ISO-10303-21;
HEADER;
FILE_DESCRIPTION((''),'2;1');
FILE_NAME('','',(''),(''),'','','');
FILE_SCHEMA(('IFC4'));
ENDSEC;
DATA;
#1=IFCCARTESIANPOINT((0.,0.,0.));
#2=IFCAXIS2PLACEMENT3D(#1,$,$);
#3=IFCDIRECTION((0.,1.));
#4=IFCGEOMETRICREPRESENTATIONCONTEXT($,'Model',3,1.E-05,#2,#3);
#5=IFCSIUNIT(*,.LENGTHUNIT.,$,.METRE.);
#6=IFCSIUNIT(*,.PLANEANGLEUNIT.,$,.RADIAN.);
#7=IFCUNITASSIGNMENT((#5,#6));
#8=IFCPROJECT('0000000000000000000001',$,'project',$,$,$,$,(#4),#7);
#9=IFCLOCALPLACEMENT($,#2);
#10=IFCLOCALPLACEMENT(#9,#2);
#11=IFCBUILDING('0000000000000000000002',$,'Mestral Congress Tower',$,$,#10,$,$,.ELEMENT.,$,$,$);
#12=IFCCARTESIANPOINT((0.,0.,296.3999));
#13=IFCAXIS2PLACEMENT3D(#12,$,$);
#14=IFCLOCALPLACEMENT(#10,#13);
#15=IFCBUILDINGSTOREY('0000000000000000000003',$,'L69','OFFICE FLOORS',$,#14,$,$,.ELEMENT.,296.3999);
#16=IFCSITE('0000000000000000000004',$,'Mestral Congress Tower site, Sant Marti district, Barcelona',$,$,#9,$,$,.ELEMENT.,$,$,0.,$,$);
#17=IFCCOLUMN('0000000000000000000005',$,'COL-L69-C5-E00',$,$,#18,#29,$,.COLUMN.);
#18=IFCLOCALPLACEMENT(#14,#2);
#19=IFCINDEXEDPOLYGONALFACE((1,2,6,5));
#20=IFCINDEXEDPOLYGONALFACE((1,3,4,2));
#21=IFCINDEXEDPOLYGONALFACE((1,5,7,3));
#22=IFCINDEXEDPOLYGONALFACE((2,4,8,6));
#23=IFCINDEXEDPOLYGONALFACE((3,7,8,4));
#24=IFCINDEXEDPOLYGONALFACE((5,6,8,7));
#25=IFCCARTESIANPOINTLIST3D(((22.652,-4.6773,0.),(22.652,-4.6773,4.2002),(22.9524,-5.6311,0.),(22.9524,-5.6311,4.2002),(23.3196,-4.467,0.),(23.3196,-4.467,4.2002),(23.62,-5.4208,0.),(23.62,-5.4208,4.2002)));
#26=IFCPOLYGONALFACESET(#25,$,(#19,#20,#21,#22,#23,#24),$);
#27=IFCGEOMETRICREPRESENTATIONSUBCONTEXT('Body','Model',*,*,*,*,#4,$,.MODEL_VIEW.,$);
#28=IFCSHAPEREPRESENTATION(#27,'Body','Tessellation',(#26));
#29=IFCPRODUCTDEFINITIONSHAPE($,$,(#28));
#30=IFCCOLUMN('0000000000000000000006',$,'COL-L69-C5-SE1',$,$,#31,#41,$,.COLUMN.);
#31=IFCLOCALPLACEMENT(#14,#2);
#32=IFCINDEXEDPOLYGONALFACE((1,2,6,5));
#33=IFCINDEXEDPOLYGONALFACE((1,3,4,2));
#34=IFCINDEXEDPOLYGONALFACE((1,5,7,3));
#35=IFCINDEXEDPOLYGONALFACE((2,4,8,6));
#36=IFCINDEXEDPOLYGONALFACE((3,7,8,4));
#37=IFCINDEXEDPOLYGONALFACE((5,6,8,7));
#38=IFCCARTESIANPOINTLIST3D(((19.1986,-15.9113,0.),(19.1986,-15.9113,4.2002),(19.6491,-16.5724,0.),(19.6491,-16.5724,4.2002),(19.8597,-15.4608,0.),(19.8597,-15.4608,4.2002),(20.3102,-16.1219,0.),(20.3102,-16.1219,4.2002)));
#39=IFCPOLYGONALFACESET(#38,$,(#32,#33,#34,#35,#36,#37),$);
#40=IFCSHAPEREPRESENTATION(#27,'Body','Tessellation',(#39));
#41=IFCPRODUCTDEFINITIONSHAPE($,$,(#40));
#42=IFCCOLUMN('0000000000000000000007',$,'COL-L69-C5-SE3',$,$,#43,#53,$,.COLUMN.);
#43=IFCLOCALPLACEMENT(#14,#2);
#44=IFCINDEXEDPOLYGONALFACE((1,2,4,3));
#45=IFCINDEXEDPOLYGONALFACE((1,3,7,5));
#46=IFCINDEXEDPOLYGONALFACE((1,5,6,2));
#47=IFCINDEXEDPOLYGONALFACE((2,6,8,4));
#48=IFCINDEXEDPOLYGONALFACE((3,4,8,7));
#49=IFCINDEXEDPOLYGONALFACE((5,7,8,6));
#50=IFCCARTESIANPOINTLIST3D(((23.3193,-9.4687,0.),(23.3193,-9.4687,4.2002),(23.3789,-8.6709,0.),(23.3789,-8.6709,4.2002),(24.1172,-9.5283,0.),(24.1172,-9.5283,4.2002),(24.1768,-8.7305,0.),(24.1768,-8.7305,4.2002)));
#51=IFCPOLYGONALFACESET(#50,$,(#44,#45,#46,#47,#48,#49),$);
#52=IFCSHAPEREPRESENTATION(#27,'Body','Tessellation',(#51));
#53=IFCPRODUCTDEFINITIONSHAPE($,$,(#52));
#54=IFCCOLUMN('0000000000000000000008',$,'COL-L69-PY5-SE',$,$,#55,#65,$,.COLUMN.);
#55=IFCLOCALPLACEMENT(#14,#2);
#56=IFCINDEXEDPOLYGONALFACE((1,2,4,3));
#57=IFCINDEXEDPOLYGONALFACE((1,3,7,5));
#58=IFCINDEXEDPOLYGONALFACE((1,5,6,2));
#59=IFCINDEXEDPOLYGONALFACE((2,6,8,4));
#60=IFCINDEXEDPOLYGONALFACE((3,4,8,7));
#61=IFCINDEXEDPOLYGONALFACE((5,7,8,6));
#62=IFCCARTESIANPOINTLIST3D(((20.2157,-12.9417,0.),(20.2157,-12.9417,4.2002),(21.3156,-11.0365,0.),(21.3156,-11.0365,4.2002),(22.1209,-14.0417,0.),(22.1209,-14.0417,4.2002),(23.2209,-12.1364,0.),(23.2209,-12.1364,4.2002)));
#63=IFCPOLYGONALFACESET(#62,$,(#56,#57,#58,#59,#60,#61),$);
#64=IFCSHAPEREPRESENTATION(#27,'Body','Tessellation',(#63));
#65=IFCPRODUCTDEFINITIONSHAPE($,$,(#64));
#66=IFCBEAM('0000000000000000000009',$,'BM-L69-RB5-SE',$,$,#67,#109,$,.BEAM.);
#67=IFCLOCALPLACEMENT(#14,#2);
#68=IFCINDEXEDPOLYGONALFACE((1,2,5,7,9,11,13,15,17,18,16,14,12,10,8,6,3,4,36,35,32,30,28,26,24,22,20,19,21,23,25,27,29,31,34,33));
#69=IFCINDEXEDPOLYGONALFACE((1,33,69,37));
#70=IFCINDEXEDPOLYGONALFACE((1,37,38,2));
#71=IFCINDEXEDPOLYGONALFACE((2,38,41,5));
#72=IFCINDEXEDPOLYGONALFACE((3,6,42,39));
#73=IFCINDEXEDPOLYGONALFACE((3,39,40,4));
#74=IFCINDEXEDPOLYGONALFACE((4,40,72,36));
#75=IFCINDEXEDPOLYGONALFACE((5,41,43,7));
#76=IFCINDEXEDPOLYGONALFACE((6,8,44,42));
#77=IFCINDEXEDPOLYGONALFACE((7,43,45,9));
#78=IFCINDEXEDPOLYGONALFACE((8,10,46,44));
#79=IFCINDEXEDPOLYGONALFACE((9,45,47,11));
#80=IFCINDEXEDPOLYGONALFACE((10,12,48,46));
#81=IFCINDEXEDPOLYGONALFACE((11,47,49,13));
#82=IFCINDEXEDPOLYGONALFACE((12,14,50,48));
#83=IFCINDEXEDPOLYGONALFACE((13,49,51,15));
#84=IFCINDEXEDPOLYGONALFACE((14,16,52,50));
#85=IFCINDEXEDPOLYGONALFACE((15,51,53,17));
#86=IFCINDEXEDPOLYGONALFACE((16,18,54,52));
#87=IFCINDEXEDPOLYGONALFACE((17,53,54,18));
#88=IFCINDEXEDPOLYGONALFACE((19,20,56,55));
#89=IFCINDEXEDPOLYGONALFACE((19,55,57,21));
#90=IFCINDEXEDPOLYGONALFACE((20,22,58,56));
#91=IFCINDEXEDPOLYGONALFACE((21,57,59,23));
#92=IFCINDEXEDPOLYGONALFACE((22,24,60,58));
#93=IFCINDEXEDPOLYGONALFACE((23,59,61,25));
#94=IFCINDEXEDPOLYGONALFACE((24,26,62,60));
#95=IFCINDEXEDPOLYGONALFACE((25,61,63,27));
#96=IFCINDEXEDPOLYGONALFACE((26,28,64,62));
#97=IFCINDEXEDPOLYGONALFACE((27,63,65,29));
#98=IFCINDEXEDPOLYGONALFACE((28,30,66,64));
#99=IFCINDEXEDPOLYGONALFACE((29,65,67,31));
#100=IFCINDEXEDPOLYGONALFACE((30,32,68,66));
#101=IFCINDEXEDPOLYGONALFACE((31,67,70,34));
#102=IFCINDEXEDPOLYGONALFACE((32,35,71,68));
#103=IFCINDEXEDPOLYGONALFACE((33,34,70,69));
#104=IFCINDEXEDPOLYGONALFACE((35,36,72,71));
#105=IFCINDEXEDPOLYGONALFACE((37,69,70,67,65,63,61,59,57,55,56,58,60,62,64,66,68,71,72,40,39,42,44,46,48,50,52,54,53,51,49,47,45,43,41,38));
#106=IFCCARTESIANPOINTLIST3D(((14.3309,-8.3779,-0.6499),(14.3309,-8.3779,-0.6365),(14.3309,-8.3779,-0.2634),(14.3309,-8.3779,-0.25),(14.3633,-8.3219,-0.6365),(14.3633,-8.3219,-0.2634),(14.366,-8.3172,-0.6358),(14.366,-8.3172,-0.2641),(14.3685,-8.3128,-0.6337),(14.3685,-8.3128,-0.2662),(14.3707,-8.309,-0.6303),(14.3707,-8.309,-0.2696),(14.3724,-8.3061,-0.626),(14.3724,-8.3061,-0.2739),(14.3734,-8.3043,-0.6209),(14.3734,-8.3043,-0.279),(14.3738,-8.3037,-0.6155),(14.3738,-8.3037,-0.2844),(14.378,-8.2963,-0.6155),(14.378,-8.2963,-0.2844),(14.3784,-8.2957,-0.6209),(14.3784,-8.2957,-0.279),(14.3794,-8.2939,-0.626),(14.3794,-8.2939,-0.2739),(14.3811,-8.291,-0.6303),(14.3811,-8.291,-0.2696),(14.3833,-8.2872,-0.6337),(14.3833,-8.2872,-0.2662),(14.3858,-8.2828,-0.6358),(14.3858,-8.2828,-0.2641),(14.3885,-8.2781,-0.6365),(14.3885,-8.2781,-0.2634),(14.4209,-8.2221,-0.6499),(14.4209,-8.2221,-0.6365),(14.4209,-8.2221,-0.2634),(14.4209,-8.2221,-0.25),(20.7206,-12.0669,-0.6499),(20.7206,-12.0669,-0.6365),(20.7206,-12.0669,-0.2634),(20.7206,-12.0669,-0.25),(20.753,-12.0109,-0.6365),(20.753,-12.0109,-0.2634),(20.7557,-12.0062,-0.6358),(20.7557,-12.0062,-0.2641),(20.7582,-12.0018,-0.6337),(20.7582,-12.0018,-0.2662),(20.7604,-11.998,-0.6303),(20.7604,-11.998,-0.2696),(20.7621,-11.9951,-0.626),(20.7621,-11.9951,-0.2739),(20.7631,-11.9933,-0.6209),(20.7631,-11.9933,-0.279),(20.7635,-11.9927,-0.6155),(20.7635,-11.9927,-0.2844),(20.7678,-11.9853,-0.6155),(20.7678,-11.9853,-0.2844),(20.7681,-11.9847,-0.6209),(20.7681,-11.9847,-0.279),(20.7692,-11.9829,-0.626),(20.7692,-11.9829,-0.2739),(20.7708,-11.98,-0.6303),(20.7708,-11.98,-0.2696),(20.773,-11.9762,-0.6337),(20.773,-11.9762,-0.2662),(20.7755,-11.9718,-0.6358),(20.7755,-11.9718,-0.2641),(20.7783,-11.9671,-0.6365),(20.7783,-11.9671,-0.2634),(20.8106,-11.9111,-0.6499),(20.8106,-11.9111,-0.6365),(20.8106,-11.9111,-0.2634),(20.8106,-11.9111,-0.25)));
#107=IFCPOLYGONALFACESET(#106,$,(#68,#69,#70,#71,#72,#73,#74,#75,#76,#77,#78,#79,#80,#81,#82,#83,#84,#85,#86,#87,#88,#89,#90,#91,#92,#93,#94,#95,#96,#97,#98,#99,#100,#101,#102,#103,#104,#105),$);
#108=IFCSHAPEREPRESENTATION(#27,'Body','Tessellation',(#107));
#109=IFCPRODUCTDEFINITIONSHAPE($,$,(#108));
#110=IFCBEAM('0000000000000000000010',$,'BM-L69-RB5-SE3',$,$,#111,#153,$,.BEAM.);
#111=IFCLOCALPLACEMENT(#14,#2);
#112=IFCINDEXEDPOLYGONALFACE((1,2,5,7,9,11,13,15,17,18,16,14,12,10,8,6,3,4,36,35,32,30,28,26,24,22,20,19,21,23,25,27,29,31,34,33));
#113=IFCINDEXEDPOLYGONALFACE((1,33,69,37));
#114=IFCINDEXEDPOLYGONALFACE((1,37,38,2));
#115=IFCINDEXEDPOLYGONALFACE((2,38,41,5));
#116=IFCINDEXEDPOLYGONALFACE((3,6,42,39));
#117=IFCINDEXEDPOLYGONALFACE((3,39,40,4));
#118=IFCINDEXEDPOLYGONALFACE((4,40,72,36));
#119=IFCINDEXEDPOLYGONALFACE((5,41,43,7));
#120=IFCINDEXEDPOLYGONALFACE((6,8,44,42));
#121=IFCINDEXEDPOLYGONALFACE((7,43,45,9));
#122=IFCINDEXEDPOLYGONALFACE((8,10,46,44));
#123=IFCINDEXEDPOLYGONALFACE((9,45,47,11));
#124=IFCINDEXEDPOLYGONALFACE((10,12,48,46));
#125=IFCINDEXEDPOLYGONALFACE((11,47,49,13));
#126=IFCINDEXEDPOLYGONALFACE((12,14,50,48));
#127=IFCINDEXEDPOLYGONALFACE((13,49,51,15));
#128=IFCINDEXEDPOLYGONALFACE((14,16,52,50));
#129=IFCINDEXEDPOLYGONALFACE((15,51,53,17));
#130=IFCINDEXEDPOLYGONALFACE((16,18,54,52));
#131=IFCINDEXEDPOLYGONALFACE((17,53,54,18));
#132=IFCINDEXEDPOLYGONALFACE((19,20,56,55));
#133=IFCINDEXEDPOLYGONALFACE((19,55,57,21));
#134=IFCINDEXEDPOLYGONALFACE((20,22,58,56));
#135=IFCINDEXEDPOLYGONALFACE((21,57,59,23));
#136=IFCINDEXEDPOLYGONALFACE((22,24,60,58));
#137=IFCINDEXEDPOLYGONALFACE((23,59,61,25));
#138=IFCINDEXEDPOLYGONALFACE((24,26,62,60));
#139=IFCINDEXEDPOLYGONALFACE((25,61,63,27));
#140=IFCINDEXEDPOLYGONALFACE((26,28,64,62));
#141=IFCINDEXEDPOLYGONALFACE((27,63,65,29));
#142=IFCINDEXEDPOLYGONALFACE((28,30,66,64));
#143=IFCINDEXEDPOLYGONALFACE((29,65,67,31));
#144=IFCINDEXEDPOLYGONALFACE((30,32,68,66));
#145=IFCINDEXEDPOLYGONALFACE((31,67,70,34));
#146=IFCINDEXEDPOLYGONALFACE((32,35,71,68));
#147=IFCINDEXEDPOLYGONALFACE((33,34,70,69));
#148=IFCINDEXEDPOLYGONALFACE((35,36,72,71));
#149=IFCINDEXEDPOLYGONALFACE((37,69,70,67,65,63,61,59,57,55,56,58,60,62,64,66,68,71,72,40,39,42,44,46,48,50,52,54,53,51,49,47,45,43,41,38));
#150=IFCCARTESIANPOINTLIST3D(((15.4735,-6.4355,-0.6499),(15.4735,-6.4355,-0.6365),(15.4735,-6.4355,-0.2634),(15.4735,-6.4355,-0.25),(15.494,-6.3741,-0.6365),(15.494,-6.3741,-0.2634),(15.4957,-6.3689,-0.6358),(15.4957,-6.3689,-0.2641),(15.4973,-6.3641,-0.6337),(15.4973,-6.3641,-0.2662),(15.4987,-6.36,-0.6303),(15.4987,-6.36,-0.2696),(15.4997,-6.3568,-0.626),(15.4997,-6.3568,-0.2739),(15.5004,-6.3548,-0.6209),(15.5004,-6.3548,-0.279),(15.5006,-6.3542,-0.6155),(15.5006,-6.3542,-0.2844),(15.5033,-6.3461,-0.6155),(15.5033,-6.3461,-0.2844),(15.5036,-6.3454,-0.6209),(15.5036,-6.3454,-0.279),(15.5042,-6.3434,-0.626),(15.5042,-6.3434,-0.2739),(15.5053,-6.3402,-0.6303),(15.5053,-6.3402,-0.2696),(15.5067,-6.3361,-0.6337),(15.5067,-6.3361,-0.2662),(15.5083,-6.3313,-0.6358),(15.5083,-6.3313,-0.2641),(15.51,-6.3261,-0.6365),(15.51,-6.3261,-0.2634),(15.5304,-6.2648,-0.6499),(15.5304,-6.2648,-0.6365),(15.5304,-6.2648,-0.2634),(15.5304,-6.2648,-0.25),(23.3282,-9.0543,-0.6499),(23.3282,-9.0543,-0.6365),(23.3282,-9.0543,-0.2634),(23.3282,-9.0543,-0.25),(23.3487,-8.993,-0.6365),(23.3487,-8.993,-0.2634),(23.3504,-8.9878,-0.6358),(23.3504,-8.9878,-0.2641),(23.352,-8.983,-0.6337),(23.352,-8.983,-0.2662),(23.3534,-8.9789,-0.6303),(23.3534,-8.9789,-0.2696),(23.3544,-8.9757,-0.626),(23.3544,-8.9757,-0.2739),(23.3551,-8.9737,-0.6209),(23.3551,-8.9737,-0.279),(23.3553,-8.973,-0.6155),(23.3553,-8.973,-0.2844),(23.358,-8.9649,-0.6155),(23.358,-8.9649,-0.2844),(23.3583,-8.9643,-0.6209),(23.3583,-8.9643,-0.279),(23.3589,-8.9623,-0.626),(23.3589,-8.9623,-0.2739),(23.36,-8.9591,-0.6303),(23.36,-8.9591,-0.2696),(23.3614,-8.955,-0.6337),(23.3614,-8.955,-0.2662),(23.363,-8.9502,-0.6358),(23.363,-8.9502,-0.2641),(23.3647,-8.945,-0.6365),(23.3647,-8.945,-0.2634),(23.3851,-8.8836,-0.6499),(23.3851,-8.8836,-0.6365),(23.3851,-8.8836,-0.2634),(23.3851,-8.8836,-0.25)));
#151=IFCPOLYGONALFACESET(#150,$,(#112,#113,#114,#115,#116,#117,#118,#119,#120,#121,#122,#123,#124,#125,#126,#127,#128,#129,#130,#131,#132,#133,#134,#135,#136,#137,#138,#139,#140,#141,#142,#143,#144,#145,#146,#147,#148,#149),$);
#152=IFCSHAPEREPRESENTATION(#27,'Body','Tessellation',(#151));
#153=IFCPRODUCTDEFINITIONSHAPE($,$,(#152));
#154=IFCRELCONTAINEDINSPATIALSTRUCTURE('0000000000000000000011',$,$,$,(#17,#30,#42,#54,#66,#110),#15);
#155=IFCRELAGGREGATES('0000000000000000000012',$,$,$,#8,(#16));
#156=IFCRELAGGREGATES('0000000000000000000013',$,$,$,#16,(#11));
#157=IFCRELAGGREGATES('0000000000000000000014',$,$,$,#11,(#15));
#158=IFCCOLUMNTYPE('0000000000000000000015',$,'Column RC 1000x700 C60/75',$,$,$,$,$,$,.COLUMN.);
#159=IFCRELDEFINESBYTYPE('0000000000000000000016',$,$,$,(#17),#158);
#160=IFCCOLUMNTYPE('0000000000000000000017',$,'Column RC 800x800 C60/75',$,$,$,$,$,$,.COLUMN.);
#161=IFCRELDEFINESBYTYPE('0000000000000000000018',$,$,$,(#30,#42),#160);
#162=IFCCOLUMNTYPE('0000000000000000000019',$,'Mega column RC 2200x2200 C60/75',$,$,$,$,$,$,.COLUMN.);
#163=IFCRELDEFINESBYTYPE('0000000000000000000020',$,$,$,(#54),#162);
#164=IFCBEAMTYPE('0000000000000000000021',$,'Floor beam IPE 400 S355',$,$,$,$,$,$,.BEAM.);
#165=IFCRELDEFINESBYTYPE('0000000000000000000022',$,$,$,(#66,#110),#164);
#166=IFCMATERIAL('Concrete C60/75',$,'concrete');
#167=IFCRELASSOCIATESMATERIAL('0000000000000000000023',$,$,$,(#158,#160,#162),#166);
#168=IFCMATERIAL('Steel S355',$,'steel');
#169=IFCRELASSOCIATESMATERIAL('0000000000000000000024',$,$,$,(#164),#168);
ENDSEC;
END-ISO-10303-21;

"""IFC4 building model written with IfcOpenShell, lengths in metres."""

from ifc_helpers import new_model, si_unit, direction, frame, origin, origin_2d, place, context, subcontext, project, spatial, rectangle, i_section, extrude, material, material_profile, profile_set, type_object, element, save


model = new_model("IFC4")

# Units and contexts
model_context = context("Model", 3, precision=1e-05, world=origin(), true_north=direction((0.0, 1.0)))
body_context = subcontext(model_context, "Body", "Model", "MODEL_VIEW")
ifc_project = project(units=[si_unit("LENGTHUNIT", "METRE"), si_unit("PLANEANGLEUNIT", "RADIAN")], contexts=[model_context])

# Site, building, storey
site_placement = place(None, origin())
site = spatial("IfcSite", under=ifc_project, at=site_placement, Name="Mestral Congress Tower site, Sant Marti district, Barcelona", CompositionType="ELEMENT", RefElevation=0.0)
building_placement = place(site_placement, origin())
building = spatial("IfcBuilding", under=site, at=building_placement, Name="Mestral Congress Tower", CompositionType="ELEMENT")
storey_placement = place(building_placement, frame((0.0, 0.0, 296.3999)))
storey = spatial("IfcBuildingStorey", under=building, at=storey_placement, Name="L69", Description="OFFICE FLOORS", CompositionType="ELEMENT", Elevation=296.3999)

# Columns
ifc_material_1 = material(Name="Concrete C60/75", Category="concrete")
ifc_material_profile_1 = material_profile(ifc_material_1, rectangle(XDim=1.0, YDim=0.7, at=origin_2d()), Name="RC 1000x700")
ifc_profile_set_1 = profile_set([ifc_material_profile_1], Name="Concrete C60/75")
column_type_1 = type_object("IfcColumnType", Name="Column RC 1000x700 C60/75", PredefinedType="COLUMN", material=ifc_profile_set_1)
column_1_placement = place(storey_placement, frame((23.136, -5.0491, 0.0), z_axis=(0.0, 0.0, 1.0), x_axis=(-0.300431, 0.953804, 0.0)))
element("IfcColumn", 1, at=column_1_placement, inside=storey, type_object=column_type_1, Name="COL-L69-C5-E00", PredefinedType="COLUMN", context=body_context, shape_type="SweptSolid", body=[
    extrude(rectangle(XDim=1.0, YDim=0.7, at=origin_2d()), origin(), (0.0, 0.0, 1.0), 4.2002),
])
ifc_material_profile_2 = material_profile(ifc_material_1, rectangle(XDim=0.8, YDim=0.8, at=origin_2d()), Name="RC 800x800")
ifc_profile_set_2 = profile_set([ifc_material_profile_2], Name="Concrete C60/75")
column_type_2 = type_object("IfcColumnType", Name="Column RC 800x800 C60/75", PredefinedType="COLUMN", material=ifc_profile_set_2)
for number, where, z_axis, x_axis, name in (
    (2, (19.7544, -16.0166, 0.0), (0.0, 0.0, 1.0), (0.826363, 0.563138, 0.0), "COL-L69-C5-SE1"),
    (3, (23.748, -9.0996, 0.0), (0.0, 0.0, 1.0), (0.074511, 0.99722, 0.0), "COL-L69-C5-SE3"),
):
    element("IfcColumn", number, at=place(storey_placement, frame(where, z_axis=z_axis, x_axis=x_axis)), inside=storey, type_object=column_type_2, Name=name, PredefinedType="COLUMN", context=body_context, shape_type="SweptSolid", body=[
        extrude(rectangle(XDim=0.8, YDim=0.8, at=origin_2d()), origin(), (0.0, 0.0, 1.0), 4.2002),
    ])
ifc_material_profile_3 = material_profile(ifc_material_1, rectangle(XDim=2.2, YDim=2.2, at=origin_2d()), Name="RC 2200x2200")
ifc_profile_set_3 = profile_set([ifc_material_profile_3], Name="Concrete C60/75")
column_type_3 = type_object("IfcColumnType", Name="Mega column RC 2200x2200 C60/75", PredefinedType="COLUMN", material=ifc_profile_set_3)
column_2_placement = place(storey_placement, frame((21.7183, -12.5391, 0.0), z_axis=(0.0, 0.0, 1.0), x_axis=(0.866025, -0.5, 0.0)))
element("IfcColumn", 4, at=column_2_placement, inside=storey, type_object=column_type_3, Name="COL-L69-PY5-SE", PredefinedType="COLUMN", context=body_context, shape_type="SweptSolid", body=[
    extrude(rectangle(XDim=2.2, YDim=2.2, at=origin_2d()), origin(), (0.0, 0.0, 1.0), 4.2002),
])

# Beams
ifc_material_2 = material(Name="Steel S355", Category="steel")
ifc_material_profile_4 = material_profile(ifc_material_2, i_section(OverallWidth=0.1799, OverallDepth=0.3999, WebThickness=0.0085, FlangeThickness=0.0134, FilletRadius=0.021, at=origin_2d()), Name="IPE 400")
ifc_profile_set_4 = profile_set([ifc_material_profile_4], Name="Steel S355")
beam_type_1 = type_object("IfcBeamType", Name="Floor beam IPE 400 S355", PredefinedType="BEAM", material=ifc_profile_set_4)
beam_1_placement = place(storey_placement, frame((20.7656, -11.989, -0.45), z_axis=(-0.866031, 0.49999, 0.0), x_axis=(-0.49999, -0.866031, 0.0)))
element("IfcBeam", 5, at=beam_1_placement, inside=storey, type_object=beam_type_1, Name="BM-L69-RB5-SE", PredefinedType="BEAM", context=body_context, shape_type="SweptSolid", body=[
    extrude(i_section(OverallWidth=0.1799, OverallDepth=0.3999, WebThickness=0.0085, FlangeThickness=0.0134, FilletRadius=0.021, at=origin_2d()), origin(), (0.0, 0.0, 1.0), 7.3782),
])
beam_2_placement = place(storey_placement, frame((23.3567, -8.969, -0.45), z_axis=(-0.94866, 0.316299, 0.0), x_axis=(-0.316299, -0.94866, 0.0)))
element("IfcBeam", 6, at=beam_2_placement, inside=storey, type_object=beam_type_1, Name="BM-L69-RB5-SE3", PredefinedType="BEAM", context=body_context, shape_type="SweptSolid", body=[
    extrude(i_section(OverallWidth=0.1799, OverallDepth=0.3999, WebThickness=0.0085, FlangeThickness=0.0134, FilletRadius=0.021, at=origin_2d()), origin(), (0.0, 0.0, 1.0), 8.2798),
])

save(model, "model.ifc")
